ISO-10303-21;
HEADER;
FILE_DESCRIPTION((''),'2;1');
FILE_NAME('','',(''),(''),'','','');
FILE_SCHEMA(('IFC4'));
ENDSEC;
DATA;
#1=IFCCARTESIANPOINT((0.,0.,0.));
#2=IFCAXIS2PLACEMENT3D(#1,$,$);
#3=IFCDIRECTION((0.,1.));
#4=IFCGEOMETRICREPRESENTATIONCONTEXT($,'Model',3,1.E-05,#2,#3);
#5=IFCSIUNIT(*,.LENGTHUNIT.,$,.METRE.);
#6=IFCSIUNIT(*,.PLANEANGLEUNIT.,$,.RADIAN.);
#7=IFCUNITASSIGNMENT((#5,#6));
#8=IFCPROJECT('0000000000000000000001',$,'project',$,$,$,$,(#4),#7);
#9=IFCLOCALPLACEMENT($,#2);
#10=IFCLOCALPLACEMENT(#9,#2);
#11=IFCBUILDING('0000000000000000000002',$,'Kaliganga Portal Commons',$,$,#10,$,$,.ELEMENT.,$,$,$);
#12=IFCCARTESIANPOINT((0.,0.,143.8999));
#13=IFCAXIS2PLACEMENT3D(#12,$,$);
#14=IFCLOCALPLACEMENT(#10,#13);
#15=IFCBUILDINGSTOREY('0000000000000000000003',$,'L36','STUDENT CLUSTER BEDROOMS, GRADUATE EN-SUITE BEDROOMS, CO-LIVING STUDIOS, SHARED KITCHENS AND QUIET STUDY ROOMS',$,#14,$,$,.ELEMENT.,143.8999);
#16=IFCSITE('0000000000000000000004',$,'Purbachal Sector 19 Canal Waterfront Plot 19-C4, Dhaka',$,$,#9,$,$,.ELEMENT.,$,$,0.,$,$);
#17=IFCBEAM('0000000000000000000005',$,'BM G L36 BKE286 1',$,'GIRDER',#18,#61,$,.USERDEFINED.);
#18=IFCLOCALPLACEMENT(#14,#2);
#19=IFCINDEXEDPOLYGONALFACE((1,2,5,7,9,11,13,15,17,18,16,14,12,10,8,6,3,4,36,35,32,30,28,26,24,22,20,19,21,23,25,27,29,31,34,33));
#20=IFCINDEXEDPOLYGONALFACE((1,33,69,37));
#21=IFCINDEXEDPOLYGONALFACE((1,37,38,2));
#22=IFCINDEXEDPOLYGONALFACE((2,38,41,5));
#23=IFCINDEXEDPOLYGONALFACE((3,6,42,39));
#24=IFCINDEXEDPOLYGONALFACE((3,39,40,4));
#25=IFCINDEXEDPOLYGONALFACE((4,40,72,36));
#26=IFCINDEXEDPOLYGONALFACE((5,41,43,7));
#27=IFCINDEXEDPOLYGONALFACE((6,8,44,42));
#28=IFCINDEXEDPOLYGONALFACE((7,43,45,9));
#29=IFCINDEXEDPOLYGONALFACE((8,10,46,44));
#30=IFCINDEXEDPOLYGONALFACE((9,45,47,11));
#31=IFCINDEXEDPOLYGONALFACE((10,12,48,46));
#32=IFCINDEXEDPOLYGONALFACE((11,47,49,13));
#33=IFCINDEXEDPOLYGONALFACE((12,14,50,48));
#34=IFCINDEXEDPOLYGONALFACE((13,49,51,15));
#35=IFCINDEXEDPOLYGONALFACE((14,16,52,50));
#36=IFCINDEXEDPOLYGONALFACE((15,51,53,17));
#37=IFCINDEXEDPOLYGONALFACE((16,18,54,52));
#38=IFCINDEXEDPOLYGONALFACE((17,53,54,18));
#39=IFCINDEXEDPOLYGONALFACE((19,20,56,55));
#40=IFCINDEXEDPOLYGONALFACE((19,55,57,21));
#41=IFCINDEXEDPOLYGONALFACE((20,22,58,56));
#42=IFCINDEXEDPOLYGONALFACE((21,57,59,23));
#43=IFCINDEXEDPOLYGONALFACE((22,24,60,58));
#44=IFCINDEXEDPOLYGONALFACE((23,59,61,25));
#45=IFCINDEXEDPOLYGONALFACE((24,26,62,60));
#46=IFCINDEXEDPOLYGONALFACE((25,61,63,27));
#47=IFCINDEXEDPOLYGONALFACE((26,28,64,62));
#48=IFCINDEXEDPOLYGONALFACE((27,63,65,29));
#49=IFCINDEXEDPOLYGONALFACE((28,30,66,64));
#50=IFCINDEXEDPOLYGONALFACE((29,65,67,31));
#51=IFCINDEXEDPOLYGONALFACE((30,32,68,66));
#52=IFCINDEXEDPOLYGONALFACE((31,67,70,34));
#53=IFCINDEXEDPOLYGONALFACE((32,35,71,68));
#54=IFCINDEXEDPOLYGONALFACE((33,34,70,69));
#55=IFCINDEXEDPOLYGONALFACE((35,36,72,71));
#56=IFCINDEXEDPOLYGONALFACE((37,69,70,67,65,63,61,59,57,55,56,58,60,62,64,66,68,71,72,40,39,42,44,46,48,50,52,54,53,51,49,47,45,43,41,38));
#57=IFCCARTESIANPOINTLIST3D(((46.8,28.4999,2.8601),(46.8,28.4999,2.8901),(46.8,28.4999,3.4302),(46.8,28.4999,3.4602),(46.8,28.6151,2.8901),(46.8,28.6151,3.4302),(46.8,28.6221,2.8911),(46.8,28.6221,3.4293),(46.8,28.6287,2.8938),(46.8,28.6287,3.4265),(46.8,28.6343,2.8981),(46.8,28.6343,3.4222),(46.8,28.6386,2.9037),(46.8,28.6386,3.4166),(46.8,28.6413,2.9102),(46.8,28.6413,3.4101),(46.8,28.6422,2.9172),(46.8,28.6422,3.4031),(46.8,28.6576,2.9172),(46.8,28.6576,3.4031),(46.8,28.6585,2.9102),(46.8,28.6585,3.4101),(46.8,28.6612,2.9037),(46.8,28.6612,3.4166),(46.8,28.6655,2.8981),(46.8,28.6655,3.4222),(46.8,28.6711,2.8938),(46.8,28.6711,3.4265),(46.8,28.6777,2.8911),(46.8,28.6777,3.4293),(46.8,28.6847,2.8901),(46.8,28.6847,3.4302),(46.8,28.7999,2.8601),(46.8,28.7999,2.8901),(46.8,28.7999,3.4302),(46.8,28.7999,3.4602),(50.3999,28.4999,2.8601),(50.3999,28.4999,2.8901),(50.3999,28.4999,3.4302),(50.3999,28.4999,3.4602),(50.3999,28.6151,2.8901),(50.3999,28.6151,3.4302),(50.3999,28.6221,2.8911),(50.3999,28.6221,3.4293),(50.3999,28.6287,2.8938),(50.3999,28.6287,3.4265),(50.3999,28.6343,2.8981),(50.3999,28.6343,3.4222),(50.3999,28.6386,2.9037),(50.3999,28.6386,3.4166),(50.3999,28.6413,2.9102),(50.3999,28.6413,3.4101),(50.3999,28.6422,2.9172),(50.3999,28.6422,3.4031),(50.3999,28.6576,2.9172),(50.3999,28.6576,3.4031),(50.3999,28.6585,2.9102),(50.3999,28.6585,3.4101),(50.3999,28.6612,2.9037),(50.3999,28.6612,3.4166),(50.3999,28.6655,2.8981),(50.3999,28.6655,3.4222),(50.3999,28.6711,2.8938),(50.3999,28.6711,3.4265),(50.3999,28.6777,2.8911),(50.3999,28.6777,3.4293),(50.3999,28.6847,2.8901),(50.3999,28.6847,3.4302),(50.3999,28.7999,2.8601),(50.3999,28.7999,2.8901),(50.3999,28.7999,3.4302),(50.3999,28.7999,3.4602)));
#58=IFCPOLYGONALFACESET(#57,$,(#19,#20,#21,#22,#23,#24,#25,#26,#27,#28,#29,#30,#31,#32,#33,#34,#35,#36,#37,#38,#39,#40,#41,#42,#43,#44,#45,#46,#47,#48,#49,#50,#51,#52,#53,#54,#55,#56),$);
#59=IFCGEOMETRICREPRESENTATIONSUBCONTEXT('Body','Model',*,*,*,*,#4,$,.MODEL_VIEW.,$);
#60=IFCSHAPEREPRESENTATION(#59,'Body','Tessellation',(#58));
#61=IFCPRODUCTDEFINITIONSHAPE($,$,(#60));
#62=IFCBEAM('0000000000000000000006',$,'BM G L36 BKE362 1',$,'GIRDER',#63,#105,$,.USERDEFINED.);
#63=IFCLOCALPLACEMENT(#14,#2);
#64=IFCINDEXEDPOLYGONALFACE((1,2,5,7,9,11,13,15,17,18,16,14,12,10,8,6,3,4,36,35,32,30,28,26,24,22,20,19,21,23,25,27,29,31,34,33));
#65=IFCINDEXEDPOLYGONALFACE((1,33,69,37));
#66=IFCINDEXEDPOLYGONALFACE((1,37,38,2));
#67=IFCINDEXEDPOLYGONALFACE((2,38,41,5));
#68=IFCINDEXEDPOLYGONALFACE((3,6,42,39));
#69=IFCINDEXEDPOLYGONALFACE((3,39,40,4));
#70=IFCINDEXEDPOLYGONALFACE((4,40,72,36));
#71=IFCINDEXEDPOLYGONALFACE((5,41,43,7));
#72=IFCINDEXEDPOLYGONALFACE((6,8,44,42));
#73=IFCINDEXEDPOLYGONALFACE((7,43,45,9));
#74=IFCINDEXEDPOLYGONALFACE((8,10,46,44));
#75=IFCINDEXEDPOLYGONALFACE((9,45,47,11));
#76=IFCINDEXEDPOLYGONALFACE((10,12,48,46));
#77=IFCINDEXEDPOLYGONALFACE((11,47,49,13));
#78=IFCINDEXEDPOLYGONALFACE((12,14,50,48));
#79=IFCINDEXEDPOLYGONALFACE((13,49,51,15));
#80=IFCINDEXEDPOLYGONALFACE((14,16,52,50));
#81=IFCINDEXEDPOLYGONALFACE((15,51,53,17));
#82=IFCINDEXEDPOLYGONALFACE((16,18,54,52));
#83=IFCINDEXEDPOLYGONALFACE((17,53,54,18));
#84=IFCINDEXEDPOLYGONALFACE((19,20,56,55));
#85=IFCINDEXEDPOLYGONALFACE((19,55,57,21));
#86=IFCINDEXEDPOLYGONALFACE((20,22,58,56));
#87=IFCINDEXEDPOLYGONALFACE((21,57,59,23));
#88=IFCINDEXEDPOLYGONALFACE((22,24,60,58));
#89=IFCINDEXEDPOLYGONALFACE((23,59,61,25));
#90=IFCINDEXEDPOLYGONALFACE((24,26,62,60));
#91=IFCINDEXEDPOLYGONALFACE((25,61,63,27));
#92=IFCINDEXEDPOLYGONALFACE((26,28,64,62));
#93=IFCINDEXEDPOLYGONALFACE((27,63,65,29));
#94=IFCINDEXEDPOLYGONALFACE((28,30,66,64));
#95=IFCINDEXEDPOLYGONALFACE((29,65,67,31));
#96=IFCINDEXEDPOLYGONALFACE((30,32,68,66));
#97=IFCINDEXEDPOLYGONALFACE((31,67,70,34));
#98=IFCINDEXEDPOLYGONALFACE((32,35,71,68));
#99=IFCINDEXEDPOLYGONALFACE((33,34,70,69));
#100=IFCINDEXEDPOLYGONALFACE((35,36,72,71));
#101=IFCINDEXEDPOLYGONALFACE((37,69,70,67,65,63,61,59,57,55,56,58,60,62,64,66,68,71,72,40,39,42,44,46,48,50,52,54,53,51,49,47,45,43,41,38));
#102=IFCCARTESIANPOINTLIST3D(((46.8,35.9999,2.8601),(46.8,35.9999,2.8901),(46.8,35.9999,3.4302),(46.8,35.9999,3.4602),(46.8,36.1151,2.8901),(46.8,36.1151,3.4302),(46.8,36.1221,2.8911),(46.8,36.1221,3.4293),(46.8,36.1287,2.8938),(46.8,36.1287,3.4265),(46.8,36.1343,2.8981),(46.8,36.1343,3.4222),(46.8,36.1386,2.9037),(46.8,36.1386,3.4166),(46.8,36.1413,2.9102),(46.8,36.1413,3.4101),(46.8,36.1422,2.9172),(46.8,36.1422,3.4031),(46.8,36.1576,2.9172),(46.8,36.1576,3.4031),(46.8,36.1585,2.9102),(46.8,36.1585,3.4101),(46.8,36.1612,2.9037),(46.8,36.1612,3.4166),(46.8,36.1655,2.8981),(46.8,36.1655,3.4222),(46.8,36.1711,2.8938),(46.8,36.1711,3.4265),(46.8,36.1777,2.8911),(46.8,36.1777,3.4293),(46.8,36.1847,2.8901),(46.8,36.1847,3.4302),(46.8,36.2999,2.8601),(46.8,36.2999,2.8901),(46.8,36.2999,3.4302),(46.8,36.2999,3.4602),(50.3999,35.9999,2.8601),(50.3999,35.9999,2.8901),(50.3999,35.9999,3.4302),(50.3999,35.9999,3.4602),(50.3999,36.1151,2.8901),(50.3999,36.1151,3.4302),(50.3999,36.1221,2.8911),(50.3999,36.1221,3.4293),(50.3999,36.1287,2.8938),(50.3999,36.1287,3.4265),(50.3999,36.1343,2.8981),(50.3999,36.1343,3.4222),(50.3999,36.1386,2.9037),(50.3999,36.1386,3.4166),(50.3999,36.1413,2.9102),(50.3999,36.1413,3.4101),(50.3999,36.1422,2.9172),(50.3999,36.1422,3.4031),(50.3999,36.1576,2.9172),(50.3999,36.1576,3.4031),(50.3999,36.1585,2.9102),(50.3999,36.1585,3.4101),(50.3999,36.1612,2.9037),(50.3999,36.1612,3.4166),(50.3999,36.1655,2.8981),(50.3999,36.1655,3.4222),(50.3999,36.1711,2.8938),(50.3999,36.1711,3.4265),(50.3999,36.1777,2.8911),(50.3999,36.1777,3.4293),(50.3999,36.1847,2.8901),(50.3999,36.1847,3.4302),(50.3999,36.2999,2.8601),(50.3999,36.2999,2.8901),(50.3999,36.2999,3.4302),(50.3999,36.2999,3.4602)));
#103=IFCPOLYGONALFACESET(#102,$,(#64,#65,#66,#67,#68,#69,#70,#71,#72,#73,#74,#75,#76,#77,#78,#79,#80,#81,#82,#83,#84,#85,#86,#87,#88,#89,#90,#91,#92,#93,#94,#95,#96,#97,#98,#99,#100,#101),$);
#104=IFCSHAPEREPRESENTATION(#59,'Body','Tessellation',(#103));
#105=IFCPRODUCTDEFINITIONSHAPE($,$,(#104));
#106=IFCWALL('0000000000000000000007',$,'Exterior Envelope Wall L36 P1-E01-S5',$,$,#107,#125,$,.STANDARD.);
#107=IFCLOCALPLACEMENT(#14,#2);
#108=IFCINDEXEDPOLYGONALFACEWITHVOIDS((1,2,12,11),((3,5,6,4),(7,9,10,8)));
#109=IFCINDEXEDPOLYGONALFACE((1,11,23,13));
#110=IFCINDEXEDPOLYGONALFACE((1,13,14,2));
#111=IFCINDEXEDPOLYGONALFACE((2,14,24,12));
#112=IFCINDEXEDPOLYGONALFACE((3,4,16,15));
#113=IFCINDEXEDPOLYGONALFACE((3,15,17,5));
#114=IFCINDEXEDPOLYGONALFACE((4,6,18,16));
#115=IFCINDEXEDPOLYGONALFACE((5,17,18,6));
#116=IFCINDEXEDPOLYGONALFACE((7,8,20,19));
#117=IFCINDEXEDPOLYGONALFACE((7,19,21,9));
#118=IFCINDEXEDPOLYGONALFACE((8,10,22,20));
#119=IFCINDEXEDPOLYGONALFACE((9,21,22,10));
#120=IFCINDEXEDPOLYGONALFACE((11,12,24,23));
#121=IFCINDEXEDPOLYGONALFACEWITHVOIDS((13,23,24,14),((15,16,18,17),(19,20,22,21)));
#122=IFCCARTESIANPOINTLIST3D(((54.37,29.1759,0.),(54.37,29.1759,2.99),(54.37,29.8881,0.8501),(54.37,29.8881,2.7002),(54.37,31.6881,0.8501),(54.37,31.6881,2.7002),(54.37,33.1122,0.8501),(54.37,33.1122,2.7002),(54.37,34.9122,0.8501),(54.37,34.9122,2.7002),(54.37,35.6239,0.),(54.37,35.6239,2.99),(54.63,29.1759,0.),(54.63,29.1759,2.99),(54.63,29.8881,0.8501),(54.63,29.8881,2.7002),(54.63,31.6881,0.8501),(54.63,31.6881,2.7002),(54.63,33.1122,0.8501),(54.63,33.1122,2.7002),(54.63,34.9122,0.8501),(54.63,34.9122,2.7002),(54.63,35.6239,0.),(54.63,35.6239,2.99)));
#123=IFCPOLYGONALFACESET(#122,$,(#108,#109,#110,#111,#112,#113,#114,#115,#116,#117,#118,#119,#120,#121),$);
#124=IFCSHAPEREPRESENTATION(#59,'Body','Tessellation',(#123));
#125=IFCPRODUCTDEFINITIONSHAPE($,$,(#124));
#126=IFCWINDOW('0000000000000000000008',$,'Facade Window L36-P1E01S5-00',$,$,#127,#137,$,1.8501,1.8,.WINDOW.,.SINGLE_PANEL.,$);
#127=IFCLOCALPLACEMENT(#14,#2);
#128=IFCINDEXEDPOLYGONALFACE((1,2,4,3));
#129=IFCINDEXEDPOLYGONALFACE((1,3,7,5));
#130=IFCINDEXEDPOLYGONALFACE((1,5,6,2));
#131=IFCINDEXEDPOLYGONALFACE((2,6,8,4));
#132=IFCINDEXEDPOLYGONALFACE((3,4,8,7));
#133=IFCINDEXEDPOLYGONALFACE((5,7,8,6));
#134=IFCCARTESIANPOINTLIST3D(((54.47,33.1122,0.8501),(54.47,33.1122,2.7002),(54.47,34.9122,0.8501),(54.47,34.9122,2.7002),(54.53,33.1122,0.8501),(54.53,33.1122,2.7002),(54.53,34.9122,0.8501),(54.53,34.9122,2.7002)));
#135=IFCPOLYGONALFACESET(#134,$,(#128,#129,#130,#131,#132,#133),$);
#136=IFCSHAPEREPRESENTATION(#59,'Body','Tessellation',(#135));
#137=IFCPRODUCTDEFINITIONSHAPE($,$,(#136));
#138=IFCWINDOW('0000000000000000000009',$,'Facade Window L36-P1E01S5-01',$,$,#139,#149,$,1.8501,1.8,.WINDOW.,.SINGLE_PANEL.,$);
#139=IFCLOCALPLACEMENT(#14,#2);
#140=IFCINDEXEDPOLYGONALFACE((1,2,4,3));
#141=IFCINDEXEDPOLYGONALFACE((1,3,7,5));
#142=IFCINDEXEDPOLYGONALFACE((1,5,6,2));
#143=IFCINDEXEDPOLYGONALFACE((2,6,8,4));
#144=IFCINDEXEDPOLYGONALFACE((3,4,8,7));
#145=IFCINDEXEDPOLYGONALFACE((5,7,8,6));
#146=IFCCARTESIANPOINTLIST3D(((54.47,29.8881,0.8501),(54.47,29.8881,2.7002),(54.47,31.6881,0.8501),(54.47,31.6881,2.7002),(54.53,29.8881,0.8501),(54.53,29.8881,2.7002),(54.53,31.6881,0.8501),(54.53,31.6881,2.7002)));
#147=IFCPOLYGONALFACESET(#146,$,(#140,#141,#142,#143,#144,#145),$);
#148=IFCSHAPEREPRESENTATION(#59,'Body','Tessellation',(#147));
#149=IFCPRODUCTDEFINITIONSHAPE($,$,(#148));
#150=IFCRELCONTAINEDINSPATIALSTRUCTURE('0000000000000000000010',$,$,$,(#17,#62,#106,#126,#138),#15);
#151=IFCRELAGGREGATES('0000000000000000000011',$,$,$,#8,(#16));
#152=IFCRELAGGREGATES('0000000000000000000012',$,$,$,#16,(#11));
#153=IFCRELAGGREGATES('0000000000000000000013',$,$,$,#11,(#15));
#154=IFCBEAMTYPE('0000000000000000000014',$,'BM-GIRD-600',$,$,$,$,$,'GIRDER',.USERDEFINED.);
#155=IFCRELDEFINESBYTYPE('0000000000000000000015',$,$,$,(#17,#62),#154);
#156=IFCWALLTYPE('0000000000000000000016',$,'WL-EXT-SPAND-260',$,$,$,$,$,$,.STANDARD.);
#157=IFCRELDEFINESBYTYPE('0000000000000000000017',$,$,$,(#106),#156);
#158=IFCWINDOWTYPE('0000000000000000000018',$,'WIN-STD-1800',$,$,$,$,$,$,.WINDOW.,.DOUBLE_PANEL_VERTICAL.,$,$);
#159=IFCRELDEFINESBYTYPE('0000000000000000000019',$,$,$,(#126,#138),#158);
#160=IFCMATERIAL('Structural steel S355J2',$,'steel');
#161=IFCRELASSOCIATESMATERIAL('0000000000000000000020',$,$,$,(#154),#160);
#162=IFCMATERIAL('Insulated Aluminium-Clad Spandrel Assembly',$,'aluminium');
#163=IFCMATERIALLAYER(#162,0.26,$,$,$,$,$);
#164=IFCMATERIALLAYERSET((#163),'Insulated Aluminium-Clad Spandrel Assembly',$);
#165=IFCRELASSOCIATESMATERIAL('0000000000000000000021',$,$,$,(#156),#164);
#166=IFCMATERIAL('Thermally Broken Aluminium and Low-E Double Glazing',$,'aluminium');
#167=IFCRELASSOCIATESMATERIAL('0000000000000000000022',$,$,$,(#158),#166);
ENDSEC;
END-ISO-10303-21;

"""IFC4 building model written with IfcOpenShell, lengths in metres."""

from ifc_helpers import new_model, si_unit, direction, frame, frame_2d, origin, origin_2d, place, context, subcontext, project, spatial, rectangle, i_section, extrude, source, transform, mapped, material, layer, layer_set, material_profile, profile_set, type_object, element, fill, save


model = new_model("IFC4")

# Units and contexts
model_context = context("Model", 3, precision=1e-05, world=origin(), true_north=direction((0.0, 1.0)))
body_context = subcontext(model_context, "Body", "Model", "MODEL_VIEW")
ifc_project = project(units=[si_unit("LENGTHUNIT", "METRE"), si_unit("PLANEANGLEUNIT", "RADIAN")], contexts=[model_context])

# Site, building, storey
site_placement = place(None, origin())
site = spatial("IfcSite", under=ifc_project, at=site_placement, Name="Purbachal Sector 19 Canal Waterfront Plot 19-C4, Dhaka", CompositionType="ELEMENT", RefElevation=0.0)
building_placement = place(site_placement, origin())
building = spatial("IfcBuilding", under=site, at=building_placement, Name="Kaliganga Portal Commons", CompositionType="ELEMENT")
storey_placement = place(building_placement, frame((0.0, 0.0, 143.8999)))
storey = spatial("IfcBuildingStorey", under=building, at=storey_placement, Name="L36", Description="STUDENT CLUSTER BEDROOMS, GRADUATE EN-SUITE BEDROOMS, CO-LIVING STUDIOS, SHARED KITCHENS AND QUIET STUDY ROOMS", CompositionType="ELEMENT", Elevation=143.8999)

# Beams
ifc_material_1 = material(Name="Structural steel S355J2", Category="steel")
ifc_material_profile_1 = material_profile(ifc_material_1, i_section(OverallWidth=0.3, OverallDepth=0.6001, WebThickness=0.0154, FlangeThickness=0.03, FilletRadius=0.0271, at=origin_2d()), Name="HE 600 B")
ifc_profile_set_1 = profile_set([ifc_material_profile_1], Name="Structural steel S355J2 wide-flange")
beam_type_1 = type_object("IfcBeamType", Name="BM-GIRD-600", ElementType="GIRDER", PredefinedType="USERDEFINED", material=ifc_profile_set_1)
shared_shape_1 = source(origin(), body_context, "Body", "SweptSolid", [
    extrude(i_section(OverallWidth=0.3, OverallDepth=0.6001, WebThickness=0.0154, FlangeThickness=0.03, FilletRadius=0.0271, at=origin_2d()), origin(), (0.0, 0.0, 1.0), 3.5999),
])
for number, where, z_axis, x_axis, name in (
    (1, (46.8, 28.6499, 3.1602), (1.0, 0.0, 0.0), (0.0, 1.0, 0.0), "BM G L36 BKE286 1"),
    (2, (46.8, 36.1499, 3.1602), (1.0, 0.0, 0.0), (0.0, 1.0, 0.0), "BM G L36 BKE362 1"),
):
    element("IfcBeam", number, at=place(storey_placement, frame(where, z_axis=z_axis, x_axis=x_axis)), inside=storey, type_object=beam_type_1, Name=name, ObjectType="GIRDER", PredefinedType="USERDEFINED", context=body_context, shape_type="MappedRepresentation", body=[
        mapped(shared_shape_1, transform((0.0, 0.0, 0.0), x_axis=(1.0, 0.0, 0.0), y_axis=(0.0, 1.0, 0.0), z_axis=(0.0, 0.0, 1.0), scale=1.0)),
    ])

# Wall, openings, windows
ifc_material_2 = material(Name="Insulated Aluminium-Clad Spandrel Assembly", Category="aluminium")
ifc_layer_1 = layer(ifc_material_2, 0.26)
ifc_layer_set_1 = layer_set([ifc_layer_1], Name="Insulated Aluminium-Clad Spandrel Assembly")
wall_type_1 = type_object("IfcWallType", Name="WL-EXT-SPAND-260", PredefinedType="STANDARD", material=ifc_layer_set_1)
wall_1_placement = place(storey_placement, frame((54.5, 35.624, 0.0), z_axis=(0.0, 0.0, 1.0), x_axis=(0.0, -1.0, 0.0)))
wall_1 = element("IfcWall", 3, at=wall_1_placement, inside=storey, type_object=wall_type_1, Name="Exterior Envelope Wall L36 P1-E01-S5", PredefinedType="STANDARD", context=body_context, shape_type="SweptSolid", body=[
    extrude(rectangle(XDim=6.448, YDim=0.26, at=frame_2d((3.2241, 0.0))), origin(), (0.0, 0.0, 1.0), 2.99),
])
opening_1_placement = place(wall_1_placement, frame((0.7119, 0.0, 0.8501)))
opening_1 = element("IfcOpeningElement", 4, at=opening_1_placement, cuts=wall_1, PredefinedType="OPENING", context=body_context, shape_type="SweptSolid", body=[
    extrude(rectangle(XDim=1.8, YDim=1.8501, at=frame_2d((0.8999, 0.925))), frame((0.0, 0.1401, 0.0), z_axis=(0.0, -1.0, 0.0), x_axis=(1.0, 0.0, 0.0)), (0.0, 0.0, 1.0), 0.28),
])
opening_2_placement = place(wall_1_placement, frame((3.936, 0.0, 0.8501)))
opening_2 = element("IfcOpeningElement", 5, at=opening_2_placement, cuts=wall_1, PredefinedType="OPENING", context=body_context, shape_type="SweptSolid", body=[
    extrude(rectangle(XDim=1.8, YDim=1.8501, at=frame_2d((0.8999, 0.925))), frame((0.0, 0.1401, 0.0), z_axis=(0.0, -1.0, 0.0), x_axis=(1.0, 0.0, 0.0)), (0.0, 0.0, 1.0), 0.28),
])
ifc_material_3 = material(Name="Thermally Broken Aluminium and Low-E Double Glazing", Category="aluminium")
window_type = type_object("IfcWindowType", Name="WIN-STD-1800", PartitioningType="DOUBLE_PANEL_VERTICAL", PredefinedType="WINDOW", material=ifc_material_3)
window_1_placement = place(opening_1_placement, origin())
window_1 = element("IfcWindow", 6, at=window_1_placement, inside=storey, type_object=window_type, Name="Facade Window L36-P1E01S5-00", OverallHeight=1.8501, OverallWidth=1.8, PartitioningType="SINGLE_PANEL", PredefinedType="WINDOW", context=body_context, shape_type="SweptSolid", body=[
    extrude(rectangle(XDim=1.8, YDim=1.8501, at=frame_2d((0.8999, 0.925))), frame((0.0, 0.03, 0.0), z_axis=(0.0, -1.0, 0.0), x_axis=(1.0, 0.0, 0.0)), (0.0, 0.0, 1.0), 0.0601),
])
fill(opening_1, window_1)
window_2_placement = place(opening_2_placement, origin())
window_2 = element("IfcWindow", 7, at=window_2_placement, inside=storey, type_object=window_type, Name="Facade Window L36-P1E01S5-01", OverallHeight=1.8501, OverallWidth=1.8, PartitioningType="SINGLE_PANEL", PredefinedType="WINDOW", context=body_context, shape_type="SweptSolid", body=[
    extrude(rectangle(XDim=1.8, YDim=1.8501, at=frame_2d((0.8999, 0.925))), frame((0.0, 0.03, 0.0), z_axis=(0.0, -1.0, 0.0), x_axis=(1.0, 0.0, 0.0)), (0.0, 0.0, 1.0), 0.0601),
])
fill(opening_2, window_2)

save(model, "model.ifc")
